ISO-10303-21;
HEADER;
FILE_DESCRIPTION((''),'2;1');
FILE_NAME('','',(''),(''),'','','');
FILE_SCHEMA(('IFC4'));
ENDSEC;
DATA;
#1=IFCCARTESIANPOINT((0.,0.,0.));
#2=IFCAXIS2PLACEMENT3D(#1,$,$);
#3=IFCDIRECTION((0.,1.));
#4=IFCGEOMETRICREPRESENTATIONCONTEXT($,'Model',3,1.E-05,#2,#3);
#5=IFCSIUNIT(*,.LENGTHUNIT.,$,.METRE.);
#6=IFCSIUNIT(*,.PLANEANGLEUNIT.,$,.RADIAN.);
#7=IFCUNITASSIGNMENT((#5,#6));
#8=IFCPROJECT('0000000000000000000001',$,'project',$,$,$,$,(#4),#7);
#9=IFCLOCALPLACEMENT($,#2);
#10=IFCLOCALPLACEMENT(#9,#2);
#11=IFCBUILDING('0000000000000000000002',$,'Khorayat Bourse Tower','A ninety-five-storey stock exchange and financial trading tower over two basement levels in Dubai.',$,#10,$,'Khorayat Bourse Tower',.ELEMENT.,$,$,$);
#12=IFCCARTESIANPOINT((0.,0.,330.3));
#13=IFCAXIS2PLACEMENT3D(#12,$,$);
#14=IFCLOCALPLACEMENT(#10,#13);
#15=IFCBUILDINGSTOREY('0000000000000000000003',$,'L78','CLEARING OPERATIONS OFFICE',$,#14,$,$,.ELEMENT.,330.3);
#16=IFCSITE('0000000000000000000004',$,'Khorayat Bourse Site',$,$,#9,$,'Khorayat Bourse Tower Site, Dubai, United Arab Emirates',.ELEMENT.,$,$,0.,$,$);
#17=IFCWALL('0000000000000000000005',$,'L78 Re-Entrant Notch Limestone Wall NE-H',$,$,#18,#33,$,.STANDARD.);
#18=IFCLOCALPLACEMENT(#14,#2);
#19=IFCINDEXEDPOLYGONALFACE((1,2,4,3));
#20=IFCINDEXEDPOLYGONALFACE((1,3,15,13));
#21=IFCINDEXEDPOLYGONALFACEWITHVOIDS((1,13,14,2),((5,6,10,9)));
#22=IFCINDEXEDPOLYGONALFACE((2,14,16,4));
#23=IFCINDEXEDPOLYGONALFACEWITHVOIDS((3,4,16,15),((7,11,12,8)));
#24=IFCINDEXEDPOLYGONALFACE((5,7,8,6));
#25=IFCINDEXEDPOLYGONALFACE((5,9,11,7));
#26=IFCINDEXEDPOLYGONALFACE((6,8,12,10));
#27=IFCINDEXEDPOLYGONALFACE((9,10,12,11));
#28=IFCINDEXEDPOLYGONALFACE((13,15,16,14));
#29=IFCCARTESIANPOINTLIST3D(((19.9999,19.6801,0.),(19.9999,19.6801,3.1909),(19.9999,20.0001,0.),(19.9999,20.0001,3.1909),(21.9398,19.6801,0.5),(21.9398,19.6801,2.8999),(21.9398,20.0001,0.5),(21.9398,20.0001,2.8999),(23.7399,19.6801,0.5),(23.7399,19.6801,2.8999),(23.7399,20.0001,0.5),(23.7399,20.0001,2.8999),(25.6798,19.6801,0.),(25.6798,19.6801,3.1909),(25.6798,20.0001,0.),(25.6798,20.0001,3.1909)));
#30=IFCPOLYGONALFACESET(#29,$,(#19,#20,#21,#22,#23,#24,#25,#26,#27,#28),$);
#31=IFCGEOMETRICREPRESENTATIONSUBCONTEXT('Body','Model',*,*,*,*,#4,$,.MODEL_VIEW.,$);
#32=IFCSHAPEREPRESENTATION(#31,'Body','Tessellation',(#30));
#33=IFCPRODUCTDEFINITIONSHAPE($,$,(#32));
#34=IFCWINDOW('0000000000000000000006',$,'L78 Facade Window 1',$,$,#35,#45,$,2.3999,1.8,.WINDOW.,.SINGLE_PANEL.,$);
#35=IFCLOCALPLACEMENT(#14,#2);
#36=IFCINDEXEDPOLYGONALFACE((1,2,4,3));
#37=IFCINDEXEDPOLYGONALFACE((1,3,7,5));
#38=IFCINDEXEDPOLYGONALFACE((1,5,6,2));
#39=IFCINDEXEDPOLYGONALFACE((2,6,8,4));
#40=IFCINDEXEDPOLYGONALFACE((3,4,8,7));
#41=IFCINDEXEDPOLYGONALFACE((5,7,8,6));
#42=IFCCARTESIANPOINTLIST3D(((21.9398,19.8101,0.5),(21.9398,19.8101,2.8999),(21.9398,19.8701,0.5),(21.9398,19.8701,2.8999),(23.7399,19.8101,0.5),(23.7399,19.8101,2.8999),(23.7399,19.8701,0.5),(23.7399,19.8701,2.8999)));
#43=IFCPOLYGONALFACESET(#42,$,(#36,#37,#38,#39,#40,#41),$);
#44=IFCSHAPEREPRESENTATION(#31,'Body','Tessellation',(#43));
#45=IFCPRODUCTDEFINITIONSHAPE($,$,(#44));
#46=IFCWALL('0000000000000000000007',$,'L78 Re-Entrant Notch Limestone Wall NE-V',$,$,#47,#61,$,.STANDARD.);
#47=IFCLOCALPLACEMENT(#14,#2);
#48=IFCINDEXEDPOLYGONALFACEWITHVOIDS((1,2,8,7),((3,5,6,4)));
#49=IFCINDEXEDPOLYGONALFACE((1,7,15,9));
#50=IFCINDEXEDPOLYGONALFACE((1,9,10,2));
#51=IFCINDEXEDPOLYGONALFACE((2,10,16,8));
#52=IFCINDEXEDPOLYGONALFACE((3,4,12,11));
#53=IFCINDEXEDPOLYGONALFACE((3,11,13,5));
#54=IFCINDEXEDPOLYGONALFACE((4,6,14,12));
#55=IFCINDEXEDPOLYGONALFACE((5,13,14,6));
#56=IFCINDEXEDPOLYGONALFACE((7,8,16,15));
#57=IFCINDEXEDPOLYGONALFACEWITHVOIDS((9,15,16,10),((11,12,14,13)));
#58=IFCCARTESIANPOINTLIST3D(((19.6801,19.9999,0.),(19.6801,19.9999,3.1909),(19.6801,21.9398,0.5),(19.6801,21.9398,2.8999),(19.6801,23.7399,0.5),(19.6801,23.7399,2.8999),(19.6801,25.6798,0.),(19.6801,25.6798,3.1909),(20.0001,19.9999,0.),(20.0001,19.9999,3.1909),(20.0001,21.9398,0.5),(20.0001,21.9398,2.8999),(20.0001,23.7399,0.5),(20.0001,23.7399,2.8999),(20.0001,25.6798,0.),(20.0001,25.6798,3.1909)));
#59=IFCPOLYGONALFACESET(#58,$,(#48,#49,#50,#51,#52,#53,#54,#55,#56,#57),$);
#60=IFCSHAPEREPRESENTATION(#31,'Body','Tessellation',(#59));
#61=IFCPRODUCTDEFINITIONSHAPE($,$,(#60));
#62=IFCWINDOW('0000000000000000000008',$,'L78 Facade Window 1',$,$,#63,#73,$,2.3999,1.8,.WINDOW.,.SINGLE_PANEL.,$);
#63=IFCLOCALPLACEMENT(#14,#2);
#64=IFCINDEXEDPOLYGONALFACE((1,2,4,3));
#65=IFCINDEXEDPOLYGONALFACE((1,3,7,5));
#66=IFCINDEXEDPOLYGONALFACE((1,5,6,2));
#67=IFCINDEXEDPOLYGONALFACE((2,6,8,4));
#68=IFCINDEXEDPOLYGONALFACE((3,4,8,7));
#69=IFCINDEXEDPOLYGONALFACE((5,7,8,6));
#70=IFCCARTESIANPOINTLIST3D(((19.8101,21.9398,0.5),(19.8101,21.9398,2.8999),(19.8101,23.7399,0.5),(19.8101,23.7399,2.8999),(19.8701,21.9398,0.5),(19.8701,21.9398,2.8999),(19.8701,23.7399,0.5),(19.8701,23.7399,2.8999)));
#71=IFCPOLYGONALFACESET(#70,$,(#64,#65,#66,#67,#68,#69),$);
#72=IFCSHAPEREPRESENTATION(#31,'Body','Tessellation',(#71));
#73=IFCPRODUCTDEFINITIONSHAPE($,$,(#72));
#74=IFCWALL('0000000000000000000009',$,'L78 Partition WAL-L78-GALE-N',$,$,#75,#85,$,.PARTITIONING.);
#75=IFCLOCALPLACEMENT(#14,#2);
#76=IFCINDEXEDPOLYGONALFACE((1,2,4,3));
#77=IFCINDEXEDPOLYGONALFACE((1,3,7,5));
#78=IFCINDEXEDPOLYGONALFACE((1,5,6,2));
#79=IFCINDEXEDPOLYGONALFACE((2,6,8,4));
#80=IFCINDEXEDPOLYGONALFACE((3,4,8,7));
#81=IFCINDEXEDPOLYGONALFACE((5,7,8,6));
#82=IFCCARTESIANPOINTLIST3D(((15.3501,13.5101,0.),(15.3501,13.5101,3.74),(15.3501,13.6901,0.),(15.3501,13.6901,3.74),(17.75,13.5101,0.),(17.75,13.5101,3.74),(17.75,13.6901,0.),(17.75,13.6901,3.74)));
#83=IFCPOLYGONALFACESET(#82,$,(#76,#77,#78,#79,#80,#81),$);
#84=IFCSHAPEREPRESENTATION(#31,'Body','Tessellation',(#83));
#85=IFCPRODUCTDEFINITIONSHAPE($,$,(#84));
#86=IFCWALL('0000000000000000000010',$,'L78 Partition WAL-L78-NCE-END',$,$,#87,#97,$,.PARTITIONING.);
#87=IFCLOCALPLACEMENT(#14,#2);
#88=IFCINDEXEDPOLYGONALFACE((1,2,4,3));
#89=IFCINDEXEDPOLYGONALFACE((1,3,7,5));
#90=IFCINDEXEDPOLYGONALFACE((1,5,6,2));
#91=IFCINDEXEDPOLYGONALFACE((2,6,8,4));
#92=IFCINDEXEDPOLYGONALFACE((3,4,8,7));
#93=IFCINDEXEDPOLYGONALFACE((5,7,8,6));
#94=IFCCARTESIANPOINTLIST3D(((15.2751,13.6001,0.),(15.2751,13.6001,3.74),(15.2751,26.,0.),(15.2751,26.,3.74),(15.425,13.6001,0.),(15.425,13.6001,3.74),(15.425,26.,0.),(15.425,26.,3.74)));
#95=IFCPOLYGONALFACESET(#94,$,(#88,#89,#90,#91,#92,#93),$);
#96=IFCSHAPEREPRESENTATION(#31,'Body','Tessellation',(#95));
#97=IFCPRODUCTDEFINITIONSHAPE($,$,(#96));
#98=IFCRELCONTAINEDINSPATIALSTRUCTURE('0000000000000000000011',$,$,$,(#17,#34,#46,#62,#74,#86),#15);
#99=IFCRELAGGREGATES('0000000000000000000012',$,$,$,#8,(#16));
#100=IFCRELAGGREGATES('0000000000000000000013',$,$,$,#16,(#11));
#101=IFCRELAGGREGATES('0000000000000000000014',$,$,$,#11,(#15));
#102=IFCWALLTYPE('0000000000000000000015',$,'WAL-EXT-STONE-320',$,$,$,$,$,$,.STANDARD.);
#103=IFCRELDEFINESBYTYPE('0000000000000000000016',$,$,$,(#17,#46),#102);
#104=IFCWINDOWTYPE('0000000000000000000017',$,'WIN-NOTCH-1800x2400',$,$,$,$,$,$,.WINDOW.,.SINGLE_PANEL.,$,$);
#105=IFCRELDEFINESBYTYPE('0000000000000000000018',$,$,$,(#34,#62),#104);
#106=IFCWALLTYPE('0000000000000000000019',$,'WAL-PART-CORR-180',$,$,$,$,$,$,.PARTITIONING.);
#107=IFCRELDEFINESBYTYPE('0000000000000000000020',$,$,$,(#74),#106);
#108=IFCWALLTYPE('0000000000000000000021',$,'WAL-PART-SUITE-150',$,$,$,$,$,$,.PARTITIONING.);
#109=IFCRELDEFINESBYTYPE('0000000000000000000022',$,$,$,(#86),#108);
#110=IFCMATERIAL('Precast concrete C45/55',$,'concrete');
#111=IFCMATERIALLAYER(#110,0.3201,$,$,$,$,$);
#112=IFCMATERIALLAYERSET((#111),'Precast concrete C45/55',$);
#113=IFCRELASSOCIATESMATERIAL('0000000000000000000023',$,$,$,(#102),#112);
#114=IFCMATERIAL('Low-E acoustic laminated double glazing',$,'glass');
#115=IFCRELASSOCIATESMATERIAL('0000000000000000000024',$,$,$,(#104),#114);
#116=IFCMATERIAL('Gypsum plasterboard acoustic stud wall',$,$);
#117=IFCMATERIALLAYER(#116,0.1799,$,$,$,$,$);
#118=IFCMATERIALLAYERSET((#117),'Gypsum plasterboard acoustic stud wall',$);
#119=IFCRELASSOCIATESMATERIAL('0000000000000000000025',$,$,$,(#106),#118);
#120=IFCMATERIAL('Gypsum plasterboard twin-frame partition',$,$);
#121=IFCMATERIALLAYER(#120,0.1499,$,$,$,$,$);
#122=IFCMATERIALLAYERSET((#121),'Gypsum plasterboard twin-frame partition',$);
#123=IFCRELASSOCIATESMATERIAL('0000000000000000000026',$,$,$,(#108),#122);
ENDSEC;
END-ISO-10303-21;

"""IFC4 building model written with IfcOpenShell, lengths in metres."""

from ifc_helpers import new_model, si_unit, direction, frame, frame_2d, origin, place, context, subcontext, project, spatial, rectangle, extrude, source, transform, mapped, material, layer, layer_set, type_object, element, fill, save


model = new_model("IFC4")

# Units and contexts
model_context = context("Model", 3, precision=1e-05, world=origin(), true_north=direction((0.0, 1.0)))
body_context = subcontext(model_context, "Body", "Model", "MODEL_VIEW")
ifc_project = project(units=[si_unit("LENGTHUNIT", "METRE"), si_unit("PLANEANGLEUNIT", "RADIAN")], contexts=[model_context])

# Site, building, storey
site_placement = place(None, origin())
site = spatial("IfcSite", under=ifc_project, at=site_placement, Name="Khorayat Bourse Site", LongName="Khorayat Bourse Tower Site, Dubai, United Arab Emirates", CompositionType="ELEMENT", RefElevation=0.0)
building_placement = place(site_placement, origin())
building = spatial("IfcBuilding", under=site, at=building_placement, Name="Khorayat Bourse Tower", Description="A ninety-five-storey stock exchange and financial trading tower over two basement levels in Dubai.", LongName="Khorayat Bourse Tower", CompositionType="ELEMENT")
storey_placement = place(building_placement, frame((0.0, 0.0, 330.3)))
storey = spatial("IfcBuildingStorey", under=building, at=storey_placement, Name="L78", Description="CLEARING OPERATIONS OFFICE", CompositionType="ELEMENT", Elevation=330.3)

# Walls, openings, windows
ifc_material_1 = material(Name="Precast concrete C45/55", Category="concrete")
ifc_layer_1 = layer(ifc_material_1, 0.3201)
ifc_layer_set_1 = layer_set([ifc_layer_1], Name="Precast concrete C45/55")
wall_type_1 = type_object("IfcWallType", Name="WAL-EXT-STONE-320", PredefinedType="STANDARD", material=ifc_layer_set_1)
shared_shape_1 = source(origin(), body_context, "Body", "SweptSolid", [
    extrude(rectangle(XDim=5.6799, YDim=0.3201, at=frame_2d((2.8398, 0.0))), origin(), (0.0, 0.0, 1.0), 3.1909),
])
wall_1_placement = place(storey_placement, frame((20.0, 19.8401, 0.0), z_axis=(0.0, 0.0, 1.0), x_axis=(1.0, 0.0, 0.0)))
wall_1 = element("IfcWall", 1, at=wall_1_placement, inside=storey, type_object=wall_type_1, Name="L78 Re-Entrant Notch Limestone Wall NE-H", PredefinedType="STANDARD", context=body_context, shape_type="MappedRepresentation", body=[
    mapped(shared_shape_1, transform((0.0, 0.0, 0.0), scale=1.0)),
])
shared_shape_2 = source(origin(), body_context, "Body", "SweptSolid", [
    extrude(rectangle(XDim=1.8, YDim=2.3999, at=frame_2d((0.8999, 1.2))), frame((0.0, 0.1699, 0.0), z_axis=(0.0, -1.0, 0.0), x_axis=(1.0, 0.0, 0.0)), (0.0, 0.0, 1.0), 0.3401),
])
opening_1_placement = place(wall_1_placement, frame((1.9399, 0.0, 0.5)))
opening_1 = element("IfcOpeningElement", 2, at=opening_1_placement, cuts=wall_1, PredefinedType="OPENING", context=body_context, shape_type="MappedRepresentation", body=[
    mapped(shared_shape_2, transform((0.0, 0.0, 0.0), scale=1.0)),
])
ifc_material_2 = material(Name="Low-E acoustic laminated double glazing", Category="glass")
window_type = type_object("IfcWindowType", Name="WIN-NOTCH-1800x2400", PartitioningType="SINGLE_PANEL", PredefinedType="WINDOW", material=ifc_material_2)
shared_shape_3 = source(origin(), body_context, "Body", "SweptSolid", [
    extrude(rectangle(XDim=1.8, YDim=2.3999, at=frame_2d((0.8999, 1.2))), frame((0.0, 0.03, 0.0), z_axis=(0.0, -1.0, 0.0), x_axis=(1.0, 0.0, 0.0)), (0.0, 0.0, 1.0), 0.0601),
])
window_1_placement = place(opening_1_placement, origin())
window_1 = element("IfcWindow", 3, at=window_1_placement, inside=storey, type_object=window_type, Name="L78 Facade Window 1", OverallHeight=2.3999, OverallWidth=1.8, PartitioningType="SINGLE_PANEL", PredefinedType="WINDOW", context=body_context, shape_type="MappedRepresentation", body=[
    mapped(shared_shape_3, transform((0.0, 0.0, 0.0), scale=1.0)),
])
fill(opening_1, window_1)
wall_2_placement = place(storey_placement, frame((19.8401, 20.0, 0.0), z_axis=(0.0, 0.0, 1.0), x_axis=(0.0, 1.0, 0.0)))
wall_2 = element("IfcWall", 4, at=wall_2_placement, inside=storey, type_object=wall_type_1, Name="L78 Re-Entrant Notch Limestone Wall NE-V", PredefinedType="STANDARD", context=body_context, shape_type="MappedRepresentation", body=[
    mapped(shared_shape_1, transform((0.0, 0.0, 0.0), scale=1.0)),
])
opening_2_placement = place(wall_2_placement, frame((1.9399, 0.0, 0.5)))
opening_2 = element("IfcOpeningElement", 5, at=opening_2_placement, cuts=wall_2, PredefinedType="OPENING", context=body_context, shape_type="MappedRepresentation", body=[
    mapped(shared_shape_2, transform((0.0, 0.0, 0.0), scale=1.0)),
])
window_2_placement = place(opening_2_placement, origin())
window_2 = element("IfcWindow", 6, at=window_2_placement, inside=storey, type_object=window_type, Name="L78 Facade Window 1", OverallHeight=2.3999, OverallWidth=1.8, PartitioningType="SINGLE_PANEL", PredefinedType="WINDOW", context=body_context, shape_type="MappedRepresentation", body=[
    mapped(shared_shape_3, transform((0.0, 0.0, 0.0), scale=1.0)),
])
fill(opening_2, window_2)

# Walls
ifc_material_3 = material(Name="Gypsum plasterboard acoustic stud wall")
ifc_layer_2 = layer(ifc_material_3, 0.1799)
ifc_layer_set_2 = layer_set([ifc_layer_2], Name="Gypsum plasterboard acoustic stud wall")
wall_type_2 = type_object("IfcWallType", Name="WAL-PART-CORR-180", PredefinedType="PARTITIONING", material=ifc_layer_set_2)
shared_shape_4 = source(origin(), body_context, "Body", "SweptSolid", [
    extrude(rectangle(XDim=2.3999, YDim=0.1799, at=frame_2d((1.2, 0.0))), origin(), (0.0, 0.0, 1.0), 3.74),
])
wall_3_placement = place(storey_placement, frame((15.3501, 13.6001, 0.0), z_axis=(0.0, 0.0, 1.0), x_axis=(1.0, 0.0, 0.0)))
element("IfcWall", 7, at=wall_3_placement, inside=storey, type_object=wall_type_2, Name="L78 Partition WAL-L78-GALE-N", PredefinedType="PARTITIONING", context=body_context, shape_type="MappedRepresentation", body=[
    mapped(shared_shape_4, transform((0.0, 0.0, 0.0), scale=1.0)),
])
ifc_material_4 = material(Name="Gypsum plasterboard twin-frame partition")
ifc_layer_3 = layer(ifc_material_4, 0.1499)
ifc_layer_set_3 = layer_set([ifc_layer_3], Name="Gypsum plasterboard twin-frame partition")
wall_type_3 = type_object("IfcWallType", Name="WAL-PART-SUITE-150", PredefinedType="PARTITIONING", material=ifc_layer_set_3)
shared_shape_5 = source(origin(), body_context, "Body", "SweptSolid", [
    extrude(rectangle(XDim=12.3999, YDim=0.1499, at=frame_2d((6.2, 0.0))), origin(), (0.0, 0.0, 1.0), 3.74),
])
wall_4_placement = place(storey_placement, frame((15.3501, 13.6001, 0.0), z_axis=(0.0, 0.0, 1.0), x_axis=(0.0, 1.0, 0.0)))
element("IfcWall", 8, at=wall_4_placement, inside=storey, type_object=wall_type_3, Name="L78 Partition WAL-L78-NCE-END", PredefinedType="PARTITIONING", context=body_context, shape_type="MappedRepresentation", body=[
    mapped(shared_shape_5, transform((0.0, 0.0, 0.0), scale=1.0)),
])

save(model, "model.ifc")
